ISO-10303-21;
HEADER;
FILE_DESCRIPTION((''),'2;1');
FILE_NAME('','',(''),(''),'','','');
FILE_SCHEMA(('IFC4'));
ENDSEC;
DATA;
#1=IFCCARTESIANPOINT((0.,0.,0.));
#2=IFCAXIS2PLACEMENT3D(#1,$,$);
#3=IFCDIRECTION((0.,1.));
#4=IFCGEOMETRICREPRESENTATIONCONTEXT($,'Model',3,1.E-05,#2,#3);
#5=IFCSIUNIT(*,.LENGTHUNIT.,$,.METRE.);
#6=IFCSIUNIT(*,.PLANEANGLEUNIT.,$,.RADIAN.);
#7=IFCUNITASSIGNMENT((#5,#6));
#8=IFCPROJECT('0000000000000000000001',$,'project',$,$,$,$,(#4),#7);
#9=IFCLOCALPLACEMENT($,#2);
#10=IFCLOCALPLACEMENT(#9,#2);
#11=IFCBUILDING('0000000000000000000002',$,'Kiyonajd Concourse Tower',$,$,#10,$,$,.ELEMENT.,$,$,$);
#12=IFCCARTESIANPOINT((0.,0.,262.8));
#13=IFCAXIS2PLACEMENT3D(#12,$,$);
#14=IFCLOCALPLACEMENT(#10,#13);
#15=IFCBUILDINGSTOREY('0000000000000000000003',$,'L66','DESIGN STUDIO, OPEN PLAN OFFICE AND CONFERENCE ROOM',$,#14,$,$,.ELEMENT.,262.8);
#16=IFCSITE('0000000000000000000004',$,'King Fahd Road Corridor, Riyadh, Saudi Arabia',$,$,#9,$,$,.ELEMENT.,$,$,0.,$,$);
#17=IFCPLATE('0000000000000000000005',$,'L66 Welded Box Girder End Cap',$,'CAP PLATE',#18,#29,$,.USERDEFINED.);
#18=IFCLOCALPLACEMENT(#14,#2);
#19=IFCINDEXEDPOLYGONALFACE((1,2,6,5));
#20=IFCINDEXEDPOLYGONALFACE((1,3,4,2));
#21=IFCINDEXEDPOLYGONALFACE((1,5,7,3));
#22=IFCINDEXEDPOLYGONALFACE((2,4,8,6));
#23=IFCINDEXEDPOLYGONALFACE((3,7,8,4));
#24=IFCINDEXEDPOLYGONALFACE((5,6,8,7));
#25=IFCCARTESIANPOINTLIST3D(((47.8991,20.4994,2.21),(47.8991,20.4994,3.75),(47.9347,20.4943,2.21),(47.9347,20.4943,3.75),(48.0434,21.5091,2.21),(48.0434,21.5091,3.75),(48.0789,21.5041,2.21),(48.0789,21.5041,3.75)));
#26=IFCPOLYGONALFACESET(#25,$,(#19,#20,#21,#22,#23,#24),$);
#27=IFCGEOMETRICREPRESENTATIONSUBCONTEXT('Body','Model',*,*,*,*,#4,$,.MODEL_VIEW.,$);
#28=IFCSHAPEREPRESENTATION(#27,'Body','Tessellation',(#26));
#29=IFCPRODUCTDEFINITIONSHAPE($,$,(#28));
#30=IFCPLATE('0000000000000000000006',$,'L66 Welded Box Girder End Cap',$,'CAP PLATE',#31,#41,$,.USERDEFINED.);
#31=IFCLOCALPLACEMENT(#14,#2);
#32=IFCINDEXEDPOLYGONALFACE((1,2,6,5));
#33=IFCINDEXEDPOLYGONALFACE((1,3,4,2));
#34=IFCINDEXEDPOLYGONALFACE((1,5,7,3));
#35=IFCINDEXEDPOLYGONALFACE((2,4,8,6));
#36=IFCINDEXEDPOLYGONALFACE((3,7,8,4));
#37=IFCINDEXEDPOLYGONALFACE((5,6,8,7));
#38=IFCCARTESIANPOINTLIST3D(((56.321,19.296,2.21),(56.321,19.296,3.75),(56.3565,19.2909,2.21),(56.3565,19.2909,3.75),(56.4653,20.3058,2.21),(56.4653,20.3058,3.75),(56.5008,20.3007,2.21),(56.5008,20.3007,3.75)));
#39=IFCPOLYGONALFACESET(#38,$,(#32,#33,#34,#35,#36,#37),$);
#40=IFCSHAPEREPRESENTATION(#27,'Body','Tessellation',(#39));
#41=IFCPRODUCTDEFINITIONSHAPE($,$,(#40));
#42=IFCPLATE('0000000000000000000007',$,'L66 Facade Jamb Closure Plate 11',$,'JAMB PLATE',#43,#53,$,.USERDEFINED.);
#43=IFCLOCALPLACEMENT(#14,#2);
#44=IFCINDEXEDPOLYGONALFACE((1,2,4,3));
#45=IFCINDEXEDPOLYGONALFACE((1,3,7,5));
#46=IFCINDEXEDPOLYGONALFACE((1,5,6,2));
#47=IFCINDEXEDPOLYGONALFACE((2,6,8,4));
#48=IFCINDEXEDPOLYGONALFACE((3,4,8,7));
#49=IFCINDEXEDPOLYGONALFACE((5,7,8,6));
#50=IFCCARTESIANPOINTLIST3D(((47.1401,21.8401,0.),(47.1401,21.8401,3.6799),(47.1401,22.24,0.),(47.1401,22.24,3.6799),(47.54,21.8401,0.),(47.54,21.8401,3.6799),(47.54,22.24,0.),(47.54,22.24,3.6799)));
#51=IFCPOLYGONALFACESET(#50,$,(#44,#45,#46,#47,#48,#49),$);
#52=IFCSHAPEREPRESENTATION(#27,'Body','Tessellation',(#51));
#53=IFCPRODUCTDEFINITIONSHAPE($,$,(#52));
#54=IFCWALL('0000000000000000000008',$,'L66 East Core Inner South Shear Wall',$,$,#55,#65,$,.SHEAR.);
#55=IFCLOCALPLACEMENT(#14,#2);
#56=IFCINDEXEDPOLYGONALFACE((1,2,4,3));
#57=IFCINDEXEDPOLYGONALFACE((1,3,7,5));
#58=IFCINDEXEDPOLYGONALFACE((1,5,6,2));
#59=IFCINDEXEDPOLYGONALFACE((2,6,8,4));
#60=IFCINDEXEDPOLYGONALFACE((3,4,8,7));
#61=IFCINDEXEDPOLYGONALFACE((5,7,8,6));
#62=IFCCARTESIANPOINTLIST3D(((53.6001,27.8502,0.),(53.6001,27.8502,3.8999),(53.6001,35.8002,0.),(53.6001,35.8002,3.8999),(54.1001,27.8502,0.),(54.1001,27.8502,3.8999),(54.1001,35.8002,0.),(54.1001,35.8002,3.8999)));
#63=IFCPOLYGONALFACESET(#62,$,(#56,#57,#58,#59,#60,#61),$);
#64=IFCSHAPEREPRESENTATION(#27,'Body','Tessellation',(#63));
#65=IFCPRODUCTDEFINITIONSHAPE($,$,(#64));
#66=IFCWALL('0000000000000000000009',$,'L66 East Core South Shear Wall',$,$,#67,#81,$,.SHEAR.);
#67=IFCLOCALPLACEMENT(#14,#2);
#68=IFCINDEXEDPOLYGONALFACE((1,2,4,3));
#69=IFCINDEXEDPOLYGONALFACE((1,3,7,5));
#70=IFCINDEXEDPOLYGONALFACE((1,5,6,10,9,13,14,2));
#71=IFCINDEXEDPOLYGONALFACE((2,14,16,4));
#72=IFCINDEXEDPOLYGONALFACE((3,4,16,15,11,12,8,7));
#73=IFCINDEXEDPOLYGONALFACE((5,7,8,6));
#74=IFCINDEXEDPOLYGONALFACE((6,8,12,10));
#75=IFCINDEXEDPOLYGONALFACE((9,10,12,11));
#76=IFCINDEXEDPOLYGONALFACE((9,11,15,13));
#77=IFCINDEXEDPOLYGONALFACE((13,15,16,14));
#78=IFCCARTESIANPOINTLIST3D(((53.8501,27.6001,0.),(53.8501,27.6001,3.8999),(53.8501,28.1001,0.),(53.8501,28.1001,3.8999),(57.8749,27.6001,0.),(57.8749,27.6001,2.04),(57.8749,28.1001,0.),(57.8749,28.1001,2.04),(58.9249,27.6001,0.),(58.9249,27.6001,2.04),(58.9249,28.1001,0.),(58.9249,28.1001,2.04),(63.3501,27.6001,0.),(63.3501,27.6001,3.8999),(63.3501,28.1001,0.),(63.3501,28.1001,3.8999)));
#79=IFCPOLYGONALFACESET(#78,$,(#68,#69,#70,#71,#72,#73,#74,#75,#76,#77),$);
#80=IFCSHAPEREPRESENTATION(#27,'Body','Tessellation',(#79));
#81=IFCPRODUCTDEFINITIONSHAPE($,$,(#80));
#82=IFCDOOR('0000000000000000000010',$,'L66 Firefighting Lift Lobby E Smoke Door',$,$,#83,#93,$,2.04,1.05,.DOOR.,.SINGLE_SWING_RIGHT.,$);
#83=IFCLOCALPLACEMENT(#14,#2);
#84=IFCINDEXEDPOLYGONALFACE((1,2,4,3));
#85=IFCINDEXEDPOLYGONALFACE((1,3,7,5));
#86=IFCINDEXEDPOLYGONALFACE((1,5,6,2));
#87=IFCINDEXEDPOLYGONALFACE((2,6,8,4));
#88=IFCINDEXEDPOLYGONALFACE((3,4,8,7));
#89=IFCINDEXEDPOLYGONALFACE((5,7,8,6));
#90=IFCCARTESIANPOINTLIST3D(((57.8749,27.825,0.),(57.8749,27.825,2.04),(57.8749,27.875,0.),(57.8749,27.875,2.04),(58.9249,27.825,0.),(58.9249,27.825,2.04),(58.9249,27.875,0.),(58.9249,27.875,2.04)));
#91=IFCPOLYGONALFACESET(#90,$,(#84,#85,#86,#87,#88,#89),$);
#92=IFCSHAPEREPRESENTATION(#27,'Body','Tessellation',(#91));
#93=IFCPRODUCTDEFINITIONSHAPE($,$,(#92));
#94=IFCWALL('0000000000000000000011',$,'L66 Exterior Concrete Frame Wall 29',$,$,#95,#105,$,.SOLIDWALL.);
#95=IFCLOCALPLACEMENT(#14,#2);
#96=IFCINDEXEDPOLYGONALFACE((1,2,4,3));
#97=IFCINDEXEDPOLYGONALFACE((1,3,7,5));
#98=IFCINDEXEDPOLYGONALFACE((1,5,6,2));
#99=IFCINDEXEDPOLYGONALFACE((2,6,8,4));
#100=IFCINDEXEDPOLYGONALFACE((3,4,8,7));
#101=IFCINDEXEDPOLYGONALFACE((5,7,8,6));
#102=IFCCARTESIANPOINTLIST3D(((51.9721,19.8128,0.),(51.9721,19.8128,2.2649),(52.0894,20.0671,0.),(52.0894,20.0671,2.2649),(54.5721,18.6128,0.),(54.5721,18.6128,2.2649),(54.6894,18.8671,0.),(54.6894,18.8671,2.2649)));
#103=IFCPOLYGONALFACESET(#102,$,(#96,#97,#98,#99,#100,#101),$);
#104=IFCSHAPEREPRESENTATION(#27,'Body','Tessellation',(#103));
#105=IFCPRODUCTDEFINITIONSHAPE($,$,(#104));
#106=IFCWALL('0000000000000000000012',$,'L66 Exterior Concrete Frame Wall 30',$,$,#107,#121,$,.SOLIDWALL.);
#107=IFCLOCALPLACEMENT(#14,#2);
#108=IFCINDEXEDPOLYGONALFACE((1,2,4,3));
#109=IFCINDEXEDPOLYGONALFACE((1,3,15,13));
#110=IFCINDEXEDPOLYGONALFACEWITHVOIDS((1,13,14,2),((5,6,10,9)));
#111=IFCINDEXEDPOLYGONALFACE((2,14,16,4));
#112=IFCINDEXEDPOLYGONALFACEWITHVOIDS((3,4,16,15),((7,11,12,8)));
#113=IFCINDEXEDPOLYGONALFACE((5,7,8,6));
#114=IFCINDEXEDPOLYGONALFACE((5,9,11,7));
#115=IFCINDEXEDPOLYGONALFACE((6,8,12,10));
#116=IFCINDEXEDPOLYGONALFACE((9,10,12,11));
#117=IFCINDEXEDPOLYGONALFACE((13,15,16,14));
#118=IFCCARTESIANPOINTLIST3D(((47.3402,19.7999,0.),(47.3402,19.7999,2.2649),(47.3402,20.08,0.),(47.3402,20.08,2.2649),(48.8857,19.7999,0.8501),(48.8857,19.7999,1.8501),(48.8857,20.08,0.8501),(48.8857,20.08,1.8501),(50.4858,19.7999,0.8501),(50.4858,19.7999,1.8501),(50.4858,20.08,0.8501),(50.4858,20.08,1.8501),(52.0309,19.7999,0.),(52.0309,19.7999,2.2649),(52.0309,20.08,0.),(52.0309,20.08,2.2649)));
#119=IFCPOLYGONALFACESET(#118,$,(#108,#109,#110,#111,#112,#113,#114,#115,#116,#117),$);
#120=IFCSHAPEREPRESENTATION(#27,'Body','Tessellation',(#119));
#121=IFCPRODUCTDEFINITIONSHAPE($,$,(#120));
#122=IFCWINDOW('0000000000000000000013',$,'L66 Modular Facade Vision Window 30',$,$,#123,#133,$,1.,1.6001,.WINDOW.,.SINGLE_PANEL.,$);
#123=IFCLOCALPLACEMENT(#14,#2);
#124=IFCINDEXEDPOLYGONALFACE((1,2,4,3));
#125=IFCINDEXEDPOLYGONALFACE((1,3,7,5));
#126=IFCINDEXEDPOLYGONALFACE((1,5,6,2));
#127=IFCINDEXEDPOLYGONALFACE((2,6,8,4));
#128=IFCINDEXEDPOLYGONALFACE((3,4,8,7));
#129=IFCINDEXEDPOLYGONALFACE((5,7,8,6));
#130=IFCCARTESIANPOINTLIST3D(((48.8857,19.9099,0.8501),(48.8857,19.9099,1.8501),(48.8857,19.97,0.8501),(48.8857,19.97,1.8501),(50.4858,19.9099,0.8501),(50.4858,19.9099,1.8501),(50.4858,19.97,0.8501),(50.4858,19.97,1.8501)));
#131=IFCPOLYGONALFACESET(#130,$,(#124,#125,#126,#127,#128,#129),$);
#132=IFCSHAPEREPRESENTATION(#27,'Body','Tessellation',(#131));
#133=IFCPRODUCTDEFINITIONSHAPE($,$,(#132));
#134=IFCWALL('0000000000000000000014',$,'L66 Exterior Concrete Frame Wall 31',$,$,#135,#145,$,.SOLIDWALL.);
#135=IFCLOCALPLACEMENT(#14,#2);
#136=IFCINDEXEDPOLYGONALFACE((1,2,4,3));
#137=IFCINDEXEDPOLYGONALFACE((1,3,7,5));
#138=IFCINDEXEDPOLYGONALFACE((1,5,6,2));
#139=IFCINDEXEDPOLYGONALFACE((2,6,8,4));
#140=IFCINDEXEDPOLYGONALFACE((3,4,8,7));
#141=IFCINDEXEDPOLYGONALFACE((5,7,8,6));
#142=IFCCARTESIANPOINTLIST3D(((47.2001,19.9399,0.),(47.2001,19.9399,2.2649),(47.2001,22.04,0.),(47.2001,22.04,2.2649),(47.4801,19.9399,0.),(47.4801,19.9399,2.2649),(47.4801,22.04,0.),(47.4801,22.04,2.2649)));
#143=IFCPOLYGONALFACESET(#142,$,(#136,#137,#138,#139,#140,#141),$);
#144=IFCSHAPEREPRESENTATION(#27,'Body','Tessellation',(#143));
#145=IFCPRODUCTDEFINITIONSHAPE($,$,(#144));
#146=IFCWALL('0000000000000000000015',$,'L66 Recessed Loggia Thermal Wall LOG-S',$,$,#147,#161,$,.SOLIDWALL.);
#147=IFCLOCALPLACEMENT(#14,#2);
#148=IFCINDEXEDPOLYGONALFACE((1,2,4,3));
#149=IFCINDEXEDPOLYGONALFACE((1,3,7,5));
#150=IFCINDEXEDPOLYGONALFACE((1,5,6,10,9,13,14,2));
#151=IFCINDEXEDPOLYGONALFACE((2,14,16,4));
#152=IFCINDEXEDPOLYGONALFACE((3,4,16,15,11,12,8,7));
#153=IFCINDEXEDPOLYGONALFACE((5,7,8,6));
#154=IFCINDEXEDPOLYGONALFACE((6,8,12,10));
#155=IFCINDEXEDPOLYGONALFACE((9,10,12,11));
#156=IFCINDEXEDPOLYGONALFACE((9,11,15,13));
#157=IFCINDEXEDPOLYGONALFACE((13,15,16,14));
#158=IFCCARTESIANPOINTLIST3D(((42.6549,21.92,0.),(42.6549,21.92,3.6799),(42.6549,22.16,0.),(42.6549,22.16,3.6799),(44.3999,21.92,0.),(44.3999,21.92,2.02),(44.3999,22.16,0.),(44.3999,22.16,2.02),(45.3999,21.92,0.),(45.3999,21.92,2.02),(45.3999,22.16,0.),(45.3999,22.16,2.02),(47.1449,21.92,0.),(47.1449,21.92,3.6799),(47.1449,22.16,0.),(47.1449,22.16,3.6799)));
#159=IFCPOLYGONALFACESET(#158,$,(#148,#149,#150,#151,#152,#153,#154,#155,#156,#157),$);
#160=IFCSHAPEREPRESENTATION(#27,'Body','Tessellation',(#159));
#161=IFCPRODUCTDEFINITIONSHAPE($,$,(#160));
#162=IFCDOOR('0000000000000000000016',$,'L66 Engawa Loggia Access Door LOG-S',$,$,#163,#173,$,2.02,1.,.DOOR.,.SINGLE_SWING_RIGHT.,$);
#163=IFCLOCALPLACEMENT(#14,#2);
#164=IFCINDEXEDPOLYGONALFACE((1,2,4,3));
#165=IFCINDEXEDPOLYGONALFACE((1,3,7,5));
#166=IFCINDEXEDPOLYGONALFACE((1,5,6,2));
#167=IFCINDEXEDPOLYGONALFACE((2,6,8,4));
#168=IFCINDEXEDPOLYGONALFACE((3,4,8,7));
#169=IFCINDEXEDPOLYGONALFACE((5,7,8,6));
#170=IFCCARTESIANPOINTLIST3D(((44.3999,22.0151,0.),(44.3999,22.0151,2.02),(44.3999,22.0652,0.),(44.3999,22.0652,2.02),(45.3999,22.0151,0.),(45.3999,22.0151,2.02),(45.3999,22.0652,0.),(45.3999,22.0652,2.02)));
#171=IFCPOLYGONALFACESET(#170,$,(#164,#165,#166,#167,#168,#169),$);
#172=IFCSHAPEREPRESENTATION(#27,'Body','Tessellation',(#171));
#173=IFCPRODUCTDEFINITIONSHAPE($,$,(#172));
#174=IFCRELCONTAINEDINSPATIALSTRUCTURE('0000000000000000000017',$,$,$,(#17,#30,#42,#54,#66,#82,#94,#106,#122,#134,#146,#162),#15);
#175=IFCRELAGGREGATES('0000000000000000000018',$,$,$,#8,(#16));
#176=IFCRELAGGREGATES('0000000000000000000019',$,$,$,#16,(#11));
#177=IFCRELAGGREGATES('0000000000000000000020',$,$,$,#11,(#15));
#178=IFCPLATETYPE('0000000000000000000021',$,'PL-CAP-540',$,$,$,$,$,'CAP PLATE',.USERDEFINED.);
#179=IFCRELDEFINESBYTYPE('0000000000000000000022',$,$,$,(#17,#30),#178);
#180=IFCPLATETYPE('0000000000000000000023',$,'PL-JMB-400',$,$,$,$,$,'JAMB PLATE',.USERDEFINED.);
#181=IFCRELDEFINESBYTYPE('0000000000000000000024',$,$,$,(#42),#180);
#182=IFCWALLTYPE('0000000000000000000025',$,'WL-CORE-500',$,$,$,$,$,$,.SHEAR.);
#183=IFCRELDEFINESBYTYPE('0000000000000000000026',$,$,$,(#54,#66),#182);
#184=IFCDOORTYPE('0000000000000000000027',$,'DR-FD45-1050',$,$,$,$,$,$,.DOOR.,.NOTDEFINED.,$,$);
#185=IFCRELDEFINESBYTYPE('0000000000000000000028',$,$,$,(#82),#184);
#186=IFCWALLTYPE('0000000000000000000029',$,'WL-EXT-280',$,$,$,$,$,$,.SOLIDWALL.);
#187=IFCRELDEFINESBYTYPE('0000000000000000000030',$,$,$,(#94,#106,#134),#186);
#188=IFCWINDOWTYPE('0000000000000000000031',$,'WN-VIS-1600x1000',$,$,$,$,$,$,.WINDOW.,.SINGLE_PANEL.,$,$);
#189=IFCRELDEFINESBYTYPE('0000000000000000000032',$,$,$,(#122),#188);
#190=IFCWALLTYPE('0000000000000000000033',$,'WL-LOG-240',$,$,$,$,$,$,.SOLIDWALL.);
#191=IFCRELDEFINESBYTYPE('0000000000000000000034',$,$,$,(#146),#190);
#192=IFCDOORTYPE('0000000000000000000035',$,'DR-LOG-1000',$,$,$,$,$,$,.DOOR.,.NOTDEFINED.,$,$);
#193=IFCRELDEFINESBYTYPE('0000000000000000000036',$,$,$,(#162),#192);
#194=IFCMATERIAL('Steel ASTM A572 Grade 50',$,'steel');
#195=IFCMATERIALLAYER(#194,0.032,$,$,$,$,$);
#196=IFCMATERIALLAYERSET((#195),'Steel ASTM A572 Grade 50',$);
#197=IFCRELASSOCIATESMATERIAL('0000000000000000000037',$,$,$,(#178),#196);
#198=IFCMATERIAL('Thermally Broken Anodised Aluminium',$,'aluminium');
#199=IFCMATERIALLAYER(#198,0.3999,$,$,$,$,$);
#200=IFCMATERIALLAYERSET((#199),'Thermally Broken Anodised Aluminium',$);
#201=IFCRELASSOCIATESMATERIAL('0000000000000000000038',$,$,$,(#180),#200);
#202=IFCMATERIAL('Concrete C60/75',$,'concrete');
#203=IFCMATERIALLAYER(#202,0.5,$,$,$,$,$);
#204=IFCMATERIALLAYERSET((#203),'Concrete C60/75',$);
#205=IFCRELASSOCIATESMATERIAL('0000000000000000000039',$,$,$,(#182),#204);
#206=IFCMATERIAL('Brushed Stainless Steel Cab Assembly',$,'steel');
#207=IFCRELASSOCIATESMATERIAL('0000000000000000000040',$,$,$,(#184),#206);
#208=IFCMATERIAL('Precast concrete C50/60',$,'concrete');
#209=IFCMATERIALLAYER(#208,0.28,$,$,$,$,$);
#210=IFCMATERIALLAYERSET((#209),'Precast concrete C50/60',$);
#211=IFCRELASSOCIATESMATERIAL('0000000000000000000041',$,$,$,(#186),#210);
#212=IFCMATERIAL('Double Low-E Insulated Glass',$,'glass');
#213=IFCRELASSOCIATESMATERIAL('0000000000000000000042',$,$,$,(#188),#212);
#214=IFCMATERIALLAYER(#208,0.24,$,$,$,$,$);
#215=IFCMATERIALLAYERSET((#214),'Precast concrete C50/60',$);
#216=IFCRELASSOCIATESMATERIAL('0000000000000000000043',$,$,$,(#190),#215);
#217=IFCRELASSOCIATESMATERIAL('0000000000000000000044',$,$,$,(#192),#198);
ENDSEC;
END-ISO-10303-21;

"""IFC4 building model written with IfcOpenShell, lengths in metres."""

from ifc_helpers import new_model, si_unit, direction, frame, frame_2d, origin, origin_2d, place, context, subcontext, project, spatial, rectangle, extrude, material, layer, layer_set, type_object, element, fill, save


model = new_model("IFC4")

# Units and contexts
model_context = context("Model", 3, precision=1e-05, world=origin(), true_north=direction((0.0, 1.0)))
body_context = subcontext(model_context, "Body", "Model", "MODEL_VIEW")
ifc_project = project(units=[si_unit("LENGTHUNIT", "METRE"), si_unit("PLANEANGLEUNIT", "RADIAN")], contexts=[model_context])

# Site, building, storey
site_placement = place(None, origin())
site = spatial("IfcSite", under=ifc_project, at=site_placement, Name="King Fahd Road Corridor, Riyadh, Saudi Arabia", CompositionType="ELEMENT", RefElevation=0.0)
building_placement = place(site_placement, origin())
building = spatial("IfcBuilding", under=site, at=building_placement, Name="Kiyonajd Concourse Tower", CompositionType="ELEMENT")
storey_placement = place(building_placement, frame((0.0, 0.0, 262.8)))
storey = spatial("IfcBuildingStorey", under=building, at=storey_placement, Name="L66", Description="DESIGN STUDIO, OPEN PLAN OFFICE AND CONFERENCE ROOM", CompositionType="ELEMENT", Elevation=262.8)

# Shared definitions
ifc_material_1 = material(Name="Concrete C60/75", Category="concrete")

# Shared definitions
ifc_material_2 = material(Name="Steel ASTM A572 Grade 50", Category="steel")

# Plates
ifc_layer_1 = layer(ifc_material_2, 0.032)
ifc_layer_set_1 = layer_set([ifc_layer_1], Name="Steel ASTM A572 Grade 50")
plate_type_1 = type_object("IfcPlateType", Name="PL-CAP-540", ElementType="CAP PLATE", PredefinedType="USERDEFINED", material=ifc_layer_set_1)
for number, where, z_axis, x_axis, name in (
    (1, (47.989, 21.0017, 2.21), (0.0, 0.0, 1.0), (-0.98995, 0.14142, 0.0), "L66 Welded Box Girder End Cap"),
    (2, (56.4109, 19.7983, 2.21), (0.0, 0.0, 1.0), (0.98995, -0.14142, 0.0), "L66 Welded Box Girder End Cap"),
):
    element("IfcPlate", number, at=place(storey_placement, frame(where, z_axis=z_axis, x_axis=x_axis)), inside=storey, type_object=plate_type_1, Name=name, ObjectType="CAP PLATE", PredefinedType="USERDEFINED", context=body_context, shape_type="SweptSolid", body=[
        extrude(rectangle(XDim=0.0359, YDim=1.02, at=origin_2d()), origin(), (0.0, 0.0, 1.0), 1.54),
    ])
ifc_material_3 = material(Name="Thermally Broken Anodised Aluminium", Category="aluminium")
ifc_layer_2 = layer(ifc_material_3, 0.3999)
ifc_layer_set_2 = layer_set([ifc_layer_2], Name="Thermally Broken Anodised Aluminium")
plate_type_2 = type_object("IfcPlateType", Name="PL-JMB-400", ElementType="JAMB PLATE", PredefinedType="USERDEFINED", material=ifc_layer_set_2)
plate_placement = place(storey_placement, frame((47.3401, 22.04, 0.0), z_axis=(0.0, 0.0, 1.0), x_axis=(1.0, 0.0, 0.0)))
element("IfcPlate", 3, at=plate_placement, inside=storey, type_object=plate_type_2, Name="L66 Facade Jamb Closure Plate 11", ObjectType="JAMB PLATE", PredefinedType="USERDEFINED", context=body_context, shape_type="SweptSolid", body=[
    extrude(rectangle(XDim=0.3999, YDim=0.3999, at=origin_2d()), origin(), (0.0, 0.0, 1.0), 3.6799),
])

# Wall
ifc_layer_3 = layer(ifc_material_1, 0.5)
ifc_layer_set_3 = layer_set([ifc_layer_3], Name="Concrete C60/75")
wall_type_1 = type_object("IfcWallType", Name="WL-CORE-500", PredefinedType="SHEAR", material=ifc_layer_set_3)
wall_1_placement = place(storey_placement, frame((53.8501, 27.8501, 0.0), z_axis=(0.0, 0.0, 1.0), x_axis=(0.0, 1.0, 0.0)))
element("IfcWall", 4, at=wall_1_placement, inside=storey, type_object=wall_type_1, Name="L66 East Core Inner South Shear Wall", PredefinedType="SHEAR", context=body_context, shape_type="SweptSolid", body=[
    extrude(rectangle(XDim=7.95, YDim=0.5, at=frame_2d((3.9751, 0.0))), origin(), (0.0, 0.0, 1.0), 3.8999),
])

# Wall, opening, door
wall_2_placement = place(storey_placement, frame((53.8501, 27.8501, 0.0), z_axis=(0.0, 0.0, 1.0), x_axis=(1.0, 0.0, 0.0)))
wall_2 = element("IfcWall", 5, at=wall_2_placement, inside=storey, type_object=wall_type_1, Name="L66 East Core South Shear Wall", PredefinedType="SHEAR", context=body_context, shape_type="SweptSolid", body=[
    extrude(rectangle(XDim=9.5, YDim=0.5, at=frame_2d((4.75, 0.0))), origin(), (0.0, 0.0, 1.0), 3.8999),
])
opening_1_placement = place(wall_2_placement, frame((4.0249, 0.0, 0.0)))
opening_1 = element("IfcOpeningElement", 6, at=opening_1_placement, cuts=wall_2, PredefinedType="OPENING", context=body_context, shape_type="SweptSolid", body=[
    extrude(rectangle(XDim=1.05, YDim=2.04, at=frame_2d((0.5249, 1.02))), frame((0.0, 0.26, 0.0), z_axis=(0.0, -1.0, 0.0), x_axis=(1.0, 0.0, 0.0)), (0.0, 0.0, 1.0), 0.52),
])
ifc_material_4 = material(Name="Brushed Stainless Steel Cab Assembly", Category="steel")
door_type_1 = type_object("IfcDoorType", Name="DR-FD45-1050", OperationType="NOTDEFINED", PredefinedType="DOOR", material=ifc_material_4)
door_1_placement = place(opening_1_placement, origin())
door_1 = element("IfcDoor", 7, at=door_1_placement, inside=storey, type_object=door_type_1, Name="L66 Firefighting Lift Lobby E Smoke Door", OperationType="SINGLE_SWING_RIGHT", OverallHeight=2.04, OverallWidth=1.05, PredefinedType="DOOR", context=body_context, shape_type="SweptSolid", body=[
    extrude(rectangle(XDim=1.05, YDim=2.04, at=frame_2d((0.5249, 1.02))), frame((0.0, 0.0249, 0.0), z_axis=(0.0, -1.0, 0.0), x_axis=(1.0, 0.0, 0.0)), (0.0, 0.0, 1.0), 0.05),
])
fill(opening_1, door_1)

# Wall
ifc_material_5 = material(Name="Precast concrete C50/60", Category="concrete")
ifc_layer_4 = layer(ifc_material_5, 0.28)
ifc_layer_set_4 = layer_set([ifc_layer_4], Name="Precast concrete C50/60")
wall_type_2 = type_object("IfcWallType", Name="WL-EXT-280", PredefinedType="SOLIDWALL", material=ifc_layer_set_4)
wall_3_placement = place(storey_placement, frame((54.6306, 18.74, 0.0), z_axis=(0.0, 0.0, 1.0), x_axis=(-0.907957, 0.419064, 0.0)))
element("IfcWall", 8, at=wall_3_placement, inside=storey, type_object=wall_type_2, Name="L66 Exterior Concrete Frame Wall 29", PredefinedType="SOLIDWALL", context=body_context, shape_type="SweptSolid", body=[
    extrude(rectangle(XDim=2.8635, YDim=0.28, at=frame_2d((1.4316, 0.0))), origin(), (0.0, 0.0, 1.0), 2.2649),
])

# Wall, opening, window
wall_4_placement = place(storey_placement, frame((52.0308, 19.9399, 0.0), z_axis=(0.0, 0.0, 1.0), x_axis=(-1.0, 0.0, 0.0)))
wall_4 = element("IfcWall", 9, at=wall_4_placement, inside=storey, type_object=wall_type_2, Name="L66 Exterior Concrete Frame Wall 30", PredefinedType="SOLIDWALL", context=body_context, shape_type="SweptSolid", body=[
    extrude(rectangle(XDim=4.6907, YDim=0.28, at=frame_2d((2.3452, 0.0))), origin(), (0.0, 0.0, 1.0), 2.2649),
])
opening_2_placement = place(wall_4_placement, frame((1.5449, 0.0, 0.8501)))
opening_2 = element("IfcOpeningElement", 10, at=opening_2_placement, cuts=wall_4, PredefinedType="OPENING", context=body_context, shape_type="SweptSolid", body=[
    extrude(rectangle(XDim=1.6001, YDim=1.0, at=frame_2d((0.8, 0.5))), frame((0.0, 0.1499, 0.0), z_axis=(0.0, -1.0, 0.0), x_axis=(1.0, 0.0, 0.0)), (0.0, 0.0, 1.0), 0.3),
])
ifc_material_6 = material(Name="Double Low-E Insulated Glass", Category="glass")
window_type = type_object("IfcWindowType", Name="WN-VIS-1600x1000", PartitioningType="SINGLE_PANEL", PredefinedType="WINDOW", material=ifc_material_6)
window_placement = place(opening_2_placement, origin())
window = element("IfcWindow", 11, at=window_placement, inside=storey, type_object=window_type, Name="L66 Modular Facade Vision Window 30", OverallHeight=1.0, OverallWidth=1.6001, PartitioningType="SINGLE_PANEL", PredefinedType="WINDOW", context=body_context, shape_type="SweptSolid", body=[
    extrude(rectangle(XDim=1.6001, YDim=1.0, at=frame_2d((0.8, 0.5))), frame((0.0, 0.03, 0.0), z_axis=(0.0, -1.0, 0.0), x_axis=(1.0, 0.0, 0.0)), (0.0, 0.0, 1.0), 0.0601),
])
fill(opening_2, window)

# Wall
wall_5_placement = place(storey_placement, frame((47.3401, 19.9399, 0.0), z_axis=(0.0, 0.0, 1.0), x_axis=(0.0, 1.0, 0.0)))
element("IfcWall", 12, at=wall_5_placement, inside=storey, type_object=wall_type_2, Name="L66 Exterior Concrete Frame Wall 31", PredefinedType="SOLIDWALL", context=body_context, shape_type="SweptSolid", body=[
    extrude(rectangle(XDim=2.1001, YDim=0.28, at=frame_2d((1.05, 0.0))), origin(), (0.0, 0.0, 1.0), 2.2649),
])

# Wall, opening, door
ifc_layer_5 = layer(ifc_material_5, 0.24)
ifc_layer_set_5 = layer_set([ifc_layer_5], Name="Precast concrete C50/60")
wall_type_3 = type_object("IfcWallType", Name="WL-LOG-240", PredefinedType="SOLIDWALL", material=ifc_layer_set_5)
wall_6_placement = place(storey_placement, frame((47.145, 22.04, 0.0), z_axis=(0.0, 0.0, 1.0), x_axis=(-1.0, 0.0, 0.0)))
wall_6 = element("IfcWall", 13, at=wall_6_placement, inside=storey, type_object=wall_type_3, Name="L66 Recessed Loggia Thermal Wall LOG-S", PredefinedType="SOLIDWALL", context=body_context, shape_type="SweptSolid", body=[
    extrude(rectangle(XDim=4.49, YDim=0.24, at=frame_2d((2.2451, 0.0))), origin(), (0.0, 0.0, 1.0), 3.6799),
])
opening_3_placement = place(wall_6_placement, frame((1.7451, 0.0, 0.0)))
opening_3 = element("IfcOpeningElement", 14, at=opening_3_placement, cuts=wall_6, PredefinedType="OPENING", context=body_context, shape_type="SweptSolid", body=[
    extrude(rectangle(XDim=1.0, YDim=2.02, at=frame_2d((0.5, 1.01))), frame((0.0, 0.1299, 0.0), z_axis=(0.0, -1.0, 0.0), x_axis=(1.0, 0.0, 0.0)), (0.0, 0.0, 1.0), 0.26),
])
door_type_2 = type_object("IfcDoorType", Name="DR-LOG-1000", OperationType="NOTDEFINED", PredefinedType="DOOR", material=ifc_material_3)
door_2_placement = place(opening_3_placement, origin())
door_2 = element("IfcDoor", 15, at=door_2_placement, inside=storey, type_object=door_type_2, Name="L66 Engawa Loggia Access Door LOG-S", OperationType="SINGLE_SWING_RIGHT", OverallHeight=2.02, OverallWidth=1.0, PredefinedType="DOOR", context=body_context, shape_type="SweptSolid", body=[
    extrude(rectangle(XDim=1.0, YDim=2.02, at=frame_2d((0.5, 1.01))), frame((0.0, 0.0249, 0.0), z_axis=(0.0, -1.0, 0.0), x_axis=(1.0, 0.0, 0.0)), (0.0, 0.0, 1.0), 0.05),
])
fill(opening_3, door_2)

save(model, "model.ifc")
